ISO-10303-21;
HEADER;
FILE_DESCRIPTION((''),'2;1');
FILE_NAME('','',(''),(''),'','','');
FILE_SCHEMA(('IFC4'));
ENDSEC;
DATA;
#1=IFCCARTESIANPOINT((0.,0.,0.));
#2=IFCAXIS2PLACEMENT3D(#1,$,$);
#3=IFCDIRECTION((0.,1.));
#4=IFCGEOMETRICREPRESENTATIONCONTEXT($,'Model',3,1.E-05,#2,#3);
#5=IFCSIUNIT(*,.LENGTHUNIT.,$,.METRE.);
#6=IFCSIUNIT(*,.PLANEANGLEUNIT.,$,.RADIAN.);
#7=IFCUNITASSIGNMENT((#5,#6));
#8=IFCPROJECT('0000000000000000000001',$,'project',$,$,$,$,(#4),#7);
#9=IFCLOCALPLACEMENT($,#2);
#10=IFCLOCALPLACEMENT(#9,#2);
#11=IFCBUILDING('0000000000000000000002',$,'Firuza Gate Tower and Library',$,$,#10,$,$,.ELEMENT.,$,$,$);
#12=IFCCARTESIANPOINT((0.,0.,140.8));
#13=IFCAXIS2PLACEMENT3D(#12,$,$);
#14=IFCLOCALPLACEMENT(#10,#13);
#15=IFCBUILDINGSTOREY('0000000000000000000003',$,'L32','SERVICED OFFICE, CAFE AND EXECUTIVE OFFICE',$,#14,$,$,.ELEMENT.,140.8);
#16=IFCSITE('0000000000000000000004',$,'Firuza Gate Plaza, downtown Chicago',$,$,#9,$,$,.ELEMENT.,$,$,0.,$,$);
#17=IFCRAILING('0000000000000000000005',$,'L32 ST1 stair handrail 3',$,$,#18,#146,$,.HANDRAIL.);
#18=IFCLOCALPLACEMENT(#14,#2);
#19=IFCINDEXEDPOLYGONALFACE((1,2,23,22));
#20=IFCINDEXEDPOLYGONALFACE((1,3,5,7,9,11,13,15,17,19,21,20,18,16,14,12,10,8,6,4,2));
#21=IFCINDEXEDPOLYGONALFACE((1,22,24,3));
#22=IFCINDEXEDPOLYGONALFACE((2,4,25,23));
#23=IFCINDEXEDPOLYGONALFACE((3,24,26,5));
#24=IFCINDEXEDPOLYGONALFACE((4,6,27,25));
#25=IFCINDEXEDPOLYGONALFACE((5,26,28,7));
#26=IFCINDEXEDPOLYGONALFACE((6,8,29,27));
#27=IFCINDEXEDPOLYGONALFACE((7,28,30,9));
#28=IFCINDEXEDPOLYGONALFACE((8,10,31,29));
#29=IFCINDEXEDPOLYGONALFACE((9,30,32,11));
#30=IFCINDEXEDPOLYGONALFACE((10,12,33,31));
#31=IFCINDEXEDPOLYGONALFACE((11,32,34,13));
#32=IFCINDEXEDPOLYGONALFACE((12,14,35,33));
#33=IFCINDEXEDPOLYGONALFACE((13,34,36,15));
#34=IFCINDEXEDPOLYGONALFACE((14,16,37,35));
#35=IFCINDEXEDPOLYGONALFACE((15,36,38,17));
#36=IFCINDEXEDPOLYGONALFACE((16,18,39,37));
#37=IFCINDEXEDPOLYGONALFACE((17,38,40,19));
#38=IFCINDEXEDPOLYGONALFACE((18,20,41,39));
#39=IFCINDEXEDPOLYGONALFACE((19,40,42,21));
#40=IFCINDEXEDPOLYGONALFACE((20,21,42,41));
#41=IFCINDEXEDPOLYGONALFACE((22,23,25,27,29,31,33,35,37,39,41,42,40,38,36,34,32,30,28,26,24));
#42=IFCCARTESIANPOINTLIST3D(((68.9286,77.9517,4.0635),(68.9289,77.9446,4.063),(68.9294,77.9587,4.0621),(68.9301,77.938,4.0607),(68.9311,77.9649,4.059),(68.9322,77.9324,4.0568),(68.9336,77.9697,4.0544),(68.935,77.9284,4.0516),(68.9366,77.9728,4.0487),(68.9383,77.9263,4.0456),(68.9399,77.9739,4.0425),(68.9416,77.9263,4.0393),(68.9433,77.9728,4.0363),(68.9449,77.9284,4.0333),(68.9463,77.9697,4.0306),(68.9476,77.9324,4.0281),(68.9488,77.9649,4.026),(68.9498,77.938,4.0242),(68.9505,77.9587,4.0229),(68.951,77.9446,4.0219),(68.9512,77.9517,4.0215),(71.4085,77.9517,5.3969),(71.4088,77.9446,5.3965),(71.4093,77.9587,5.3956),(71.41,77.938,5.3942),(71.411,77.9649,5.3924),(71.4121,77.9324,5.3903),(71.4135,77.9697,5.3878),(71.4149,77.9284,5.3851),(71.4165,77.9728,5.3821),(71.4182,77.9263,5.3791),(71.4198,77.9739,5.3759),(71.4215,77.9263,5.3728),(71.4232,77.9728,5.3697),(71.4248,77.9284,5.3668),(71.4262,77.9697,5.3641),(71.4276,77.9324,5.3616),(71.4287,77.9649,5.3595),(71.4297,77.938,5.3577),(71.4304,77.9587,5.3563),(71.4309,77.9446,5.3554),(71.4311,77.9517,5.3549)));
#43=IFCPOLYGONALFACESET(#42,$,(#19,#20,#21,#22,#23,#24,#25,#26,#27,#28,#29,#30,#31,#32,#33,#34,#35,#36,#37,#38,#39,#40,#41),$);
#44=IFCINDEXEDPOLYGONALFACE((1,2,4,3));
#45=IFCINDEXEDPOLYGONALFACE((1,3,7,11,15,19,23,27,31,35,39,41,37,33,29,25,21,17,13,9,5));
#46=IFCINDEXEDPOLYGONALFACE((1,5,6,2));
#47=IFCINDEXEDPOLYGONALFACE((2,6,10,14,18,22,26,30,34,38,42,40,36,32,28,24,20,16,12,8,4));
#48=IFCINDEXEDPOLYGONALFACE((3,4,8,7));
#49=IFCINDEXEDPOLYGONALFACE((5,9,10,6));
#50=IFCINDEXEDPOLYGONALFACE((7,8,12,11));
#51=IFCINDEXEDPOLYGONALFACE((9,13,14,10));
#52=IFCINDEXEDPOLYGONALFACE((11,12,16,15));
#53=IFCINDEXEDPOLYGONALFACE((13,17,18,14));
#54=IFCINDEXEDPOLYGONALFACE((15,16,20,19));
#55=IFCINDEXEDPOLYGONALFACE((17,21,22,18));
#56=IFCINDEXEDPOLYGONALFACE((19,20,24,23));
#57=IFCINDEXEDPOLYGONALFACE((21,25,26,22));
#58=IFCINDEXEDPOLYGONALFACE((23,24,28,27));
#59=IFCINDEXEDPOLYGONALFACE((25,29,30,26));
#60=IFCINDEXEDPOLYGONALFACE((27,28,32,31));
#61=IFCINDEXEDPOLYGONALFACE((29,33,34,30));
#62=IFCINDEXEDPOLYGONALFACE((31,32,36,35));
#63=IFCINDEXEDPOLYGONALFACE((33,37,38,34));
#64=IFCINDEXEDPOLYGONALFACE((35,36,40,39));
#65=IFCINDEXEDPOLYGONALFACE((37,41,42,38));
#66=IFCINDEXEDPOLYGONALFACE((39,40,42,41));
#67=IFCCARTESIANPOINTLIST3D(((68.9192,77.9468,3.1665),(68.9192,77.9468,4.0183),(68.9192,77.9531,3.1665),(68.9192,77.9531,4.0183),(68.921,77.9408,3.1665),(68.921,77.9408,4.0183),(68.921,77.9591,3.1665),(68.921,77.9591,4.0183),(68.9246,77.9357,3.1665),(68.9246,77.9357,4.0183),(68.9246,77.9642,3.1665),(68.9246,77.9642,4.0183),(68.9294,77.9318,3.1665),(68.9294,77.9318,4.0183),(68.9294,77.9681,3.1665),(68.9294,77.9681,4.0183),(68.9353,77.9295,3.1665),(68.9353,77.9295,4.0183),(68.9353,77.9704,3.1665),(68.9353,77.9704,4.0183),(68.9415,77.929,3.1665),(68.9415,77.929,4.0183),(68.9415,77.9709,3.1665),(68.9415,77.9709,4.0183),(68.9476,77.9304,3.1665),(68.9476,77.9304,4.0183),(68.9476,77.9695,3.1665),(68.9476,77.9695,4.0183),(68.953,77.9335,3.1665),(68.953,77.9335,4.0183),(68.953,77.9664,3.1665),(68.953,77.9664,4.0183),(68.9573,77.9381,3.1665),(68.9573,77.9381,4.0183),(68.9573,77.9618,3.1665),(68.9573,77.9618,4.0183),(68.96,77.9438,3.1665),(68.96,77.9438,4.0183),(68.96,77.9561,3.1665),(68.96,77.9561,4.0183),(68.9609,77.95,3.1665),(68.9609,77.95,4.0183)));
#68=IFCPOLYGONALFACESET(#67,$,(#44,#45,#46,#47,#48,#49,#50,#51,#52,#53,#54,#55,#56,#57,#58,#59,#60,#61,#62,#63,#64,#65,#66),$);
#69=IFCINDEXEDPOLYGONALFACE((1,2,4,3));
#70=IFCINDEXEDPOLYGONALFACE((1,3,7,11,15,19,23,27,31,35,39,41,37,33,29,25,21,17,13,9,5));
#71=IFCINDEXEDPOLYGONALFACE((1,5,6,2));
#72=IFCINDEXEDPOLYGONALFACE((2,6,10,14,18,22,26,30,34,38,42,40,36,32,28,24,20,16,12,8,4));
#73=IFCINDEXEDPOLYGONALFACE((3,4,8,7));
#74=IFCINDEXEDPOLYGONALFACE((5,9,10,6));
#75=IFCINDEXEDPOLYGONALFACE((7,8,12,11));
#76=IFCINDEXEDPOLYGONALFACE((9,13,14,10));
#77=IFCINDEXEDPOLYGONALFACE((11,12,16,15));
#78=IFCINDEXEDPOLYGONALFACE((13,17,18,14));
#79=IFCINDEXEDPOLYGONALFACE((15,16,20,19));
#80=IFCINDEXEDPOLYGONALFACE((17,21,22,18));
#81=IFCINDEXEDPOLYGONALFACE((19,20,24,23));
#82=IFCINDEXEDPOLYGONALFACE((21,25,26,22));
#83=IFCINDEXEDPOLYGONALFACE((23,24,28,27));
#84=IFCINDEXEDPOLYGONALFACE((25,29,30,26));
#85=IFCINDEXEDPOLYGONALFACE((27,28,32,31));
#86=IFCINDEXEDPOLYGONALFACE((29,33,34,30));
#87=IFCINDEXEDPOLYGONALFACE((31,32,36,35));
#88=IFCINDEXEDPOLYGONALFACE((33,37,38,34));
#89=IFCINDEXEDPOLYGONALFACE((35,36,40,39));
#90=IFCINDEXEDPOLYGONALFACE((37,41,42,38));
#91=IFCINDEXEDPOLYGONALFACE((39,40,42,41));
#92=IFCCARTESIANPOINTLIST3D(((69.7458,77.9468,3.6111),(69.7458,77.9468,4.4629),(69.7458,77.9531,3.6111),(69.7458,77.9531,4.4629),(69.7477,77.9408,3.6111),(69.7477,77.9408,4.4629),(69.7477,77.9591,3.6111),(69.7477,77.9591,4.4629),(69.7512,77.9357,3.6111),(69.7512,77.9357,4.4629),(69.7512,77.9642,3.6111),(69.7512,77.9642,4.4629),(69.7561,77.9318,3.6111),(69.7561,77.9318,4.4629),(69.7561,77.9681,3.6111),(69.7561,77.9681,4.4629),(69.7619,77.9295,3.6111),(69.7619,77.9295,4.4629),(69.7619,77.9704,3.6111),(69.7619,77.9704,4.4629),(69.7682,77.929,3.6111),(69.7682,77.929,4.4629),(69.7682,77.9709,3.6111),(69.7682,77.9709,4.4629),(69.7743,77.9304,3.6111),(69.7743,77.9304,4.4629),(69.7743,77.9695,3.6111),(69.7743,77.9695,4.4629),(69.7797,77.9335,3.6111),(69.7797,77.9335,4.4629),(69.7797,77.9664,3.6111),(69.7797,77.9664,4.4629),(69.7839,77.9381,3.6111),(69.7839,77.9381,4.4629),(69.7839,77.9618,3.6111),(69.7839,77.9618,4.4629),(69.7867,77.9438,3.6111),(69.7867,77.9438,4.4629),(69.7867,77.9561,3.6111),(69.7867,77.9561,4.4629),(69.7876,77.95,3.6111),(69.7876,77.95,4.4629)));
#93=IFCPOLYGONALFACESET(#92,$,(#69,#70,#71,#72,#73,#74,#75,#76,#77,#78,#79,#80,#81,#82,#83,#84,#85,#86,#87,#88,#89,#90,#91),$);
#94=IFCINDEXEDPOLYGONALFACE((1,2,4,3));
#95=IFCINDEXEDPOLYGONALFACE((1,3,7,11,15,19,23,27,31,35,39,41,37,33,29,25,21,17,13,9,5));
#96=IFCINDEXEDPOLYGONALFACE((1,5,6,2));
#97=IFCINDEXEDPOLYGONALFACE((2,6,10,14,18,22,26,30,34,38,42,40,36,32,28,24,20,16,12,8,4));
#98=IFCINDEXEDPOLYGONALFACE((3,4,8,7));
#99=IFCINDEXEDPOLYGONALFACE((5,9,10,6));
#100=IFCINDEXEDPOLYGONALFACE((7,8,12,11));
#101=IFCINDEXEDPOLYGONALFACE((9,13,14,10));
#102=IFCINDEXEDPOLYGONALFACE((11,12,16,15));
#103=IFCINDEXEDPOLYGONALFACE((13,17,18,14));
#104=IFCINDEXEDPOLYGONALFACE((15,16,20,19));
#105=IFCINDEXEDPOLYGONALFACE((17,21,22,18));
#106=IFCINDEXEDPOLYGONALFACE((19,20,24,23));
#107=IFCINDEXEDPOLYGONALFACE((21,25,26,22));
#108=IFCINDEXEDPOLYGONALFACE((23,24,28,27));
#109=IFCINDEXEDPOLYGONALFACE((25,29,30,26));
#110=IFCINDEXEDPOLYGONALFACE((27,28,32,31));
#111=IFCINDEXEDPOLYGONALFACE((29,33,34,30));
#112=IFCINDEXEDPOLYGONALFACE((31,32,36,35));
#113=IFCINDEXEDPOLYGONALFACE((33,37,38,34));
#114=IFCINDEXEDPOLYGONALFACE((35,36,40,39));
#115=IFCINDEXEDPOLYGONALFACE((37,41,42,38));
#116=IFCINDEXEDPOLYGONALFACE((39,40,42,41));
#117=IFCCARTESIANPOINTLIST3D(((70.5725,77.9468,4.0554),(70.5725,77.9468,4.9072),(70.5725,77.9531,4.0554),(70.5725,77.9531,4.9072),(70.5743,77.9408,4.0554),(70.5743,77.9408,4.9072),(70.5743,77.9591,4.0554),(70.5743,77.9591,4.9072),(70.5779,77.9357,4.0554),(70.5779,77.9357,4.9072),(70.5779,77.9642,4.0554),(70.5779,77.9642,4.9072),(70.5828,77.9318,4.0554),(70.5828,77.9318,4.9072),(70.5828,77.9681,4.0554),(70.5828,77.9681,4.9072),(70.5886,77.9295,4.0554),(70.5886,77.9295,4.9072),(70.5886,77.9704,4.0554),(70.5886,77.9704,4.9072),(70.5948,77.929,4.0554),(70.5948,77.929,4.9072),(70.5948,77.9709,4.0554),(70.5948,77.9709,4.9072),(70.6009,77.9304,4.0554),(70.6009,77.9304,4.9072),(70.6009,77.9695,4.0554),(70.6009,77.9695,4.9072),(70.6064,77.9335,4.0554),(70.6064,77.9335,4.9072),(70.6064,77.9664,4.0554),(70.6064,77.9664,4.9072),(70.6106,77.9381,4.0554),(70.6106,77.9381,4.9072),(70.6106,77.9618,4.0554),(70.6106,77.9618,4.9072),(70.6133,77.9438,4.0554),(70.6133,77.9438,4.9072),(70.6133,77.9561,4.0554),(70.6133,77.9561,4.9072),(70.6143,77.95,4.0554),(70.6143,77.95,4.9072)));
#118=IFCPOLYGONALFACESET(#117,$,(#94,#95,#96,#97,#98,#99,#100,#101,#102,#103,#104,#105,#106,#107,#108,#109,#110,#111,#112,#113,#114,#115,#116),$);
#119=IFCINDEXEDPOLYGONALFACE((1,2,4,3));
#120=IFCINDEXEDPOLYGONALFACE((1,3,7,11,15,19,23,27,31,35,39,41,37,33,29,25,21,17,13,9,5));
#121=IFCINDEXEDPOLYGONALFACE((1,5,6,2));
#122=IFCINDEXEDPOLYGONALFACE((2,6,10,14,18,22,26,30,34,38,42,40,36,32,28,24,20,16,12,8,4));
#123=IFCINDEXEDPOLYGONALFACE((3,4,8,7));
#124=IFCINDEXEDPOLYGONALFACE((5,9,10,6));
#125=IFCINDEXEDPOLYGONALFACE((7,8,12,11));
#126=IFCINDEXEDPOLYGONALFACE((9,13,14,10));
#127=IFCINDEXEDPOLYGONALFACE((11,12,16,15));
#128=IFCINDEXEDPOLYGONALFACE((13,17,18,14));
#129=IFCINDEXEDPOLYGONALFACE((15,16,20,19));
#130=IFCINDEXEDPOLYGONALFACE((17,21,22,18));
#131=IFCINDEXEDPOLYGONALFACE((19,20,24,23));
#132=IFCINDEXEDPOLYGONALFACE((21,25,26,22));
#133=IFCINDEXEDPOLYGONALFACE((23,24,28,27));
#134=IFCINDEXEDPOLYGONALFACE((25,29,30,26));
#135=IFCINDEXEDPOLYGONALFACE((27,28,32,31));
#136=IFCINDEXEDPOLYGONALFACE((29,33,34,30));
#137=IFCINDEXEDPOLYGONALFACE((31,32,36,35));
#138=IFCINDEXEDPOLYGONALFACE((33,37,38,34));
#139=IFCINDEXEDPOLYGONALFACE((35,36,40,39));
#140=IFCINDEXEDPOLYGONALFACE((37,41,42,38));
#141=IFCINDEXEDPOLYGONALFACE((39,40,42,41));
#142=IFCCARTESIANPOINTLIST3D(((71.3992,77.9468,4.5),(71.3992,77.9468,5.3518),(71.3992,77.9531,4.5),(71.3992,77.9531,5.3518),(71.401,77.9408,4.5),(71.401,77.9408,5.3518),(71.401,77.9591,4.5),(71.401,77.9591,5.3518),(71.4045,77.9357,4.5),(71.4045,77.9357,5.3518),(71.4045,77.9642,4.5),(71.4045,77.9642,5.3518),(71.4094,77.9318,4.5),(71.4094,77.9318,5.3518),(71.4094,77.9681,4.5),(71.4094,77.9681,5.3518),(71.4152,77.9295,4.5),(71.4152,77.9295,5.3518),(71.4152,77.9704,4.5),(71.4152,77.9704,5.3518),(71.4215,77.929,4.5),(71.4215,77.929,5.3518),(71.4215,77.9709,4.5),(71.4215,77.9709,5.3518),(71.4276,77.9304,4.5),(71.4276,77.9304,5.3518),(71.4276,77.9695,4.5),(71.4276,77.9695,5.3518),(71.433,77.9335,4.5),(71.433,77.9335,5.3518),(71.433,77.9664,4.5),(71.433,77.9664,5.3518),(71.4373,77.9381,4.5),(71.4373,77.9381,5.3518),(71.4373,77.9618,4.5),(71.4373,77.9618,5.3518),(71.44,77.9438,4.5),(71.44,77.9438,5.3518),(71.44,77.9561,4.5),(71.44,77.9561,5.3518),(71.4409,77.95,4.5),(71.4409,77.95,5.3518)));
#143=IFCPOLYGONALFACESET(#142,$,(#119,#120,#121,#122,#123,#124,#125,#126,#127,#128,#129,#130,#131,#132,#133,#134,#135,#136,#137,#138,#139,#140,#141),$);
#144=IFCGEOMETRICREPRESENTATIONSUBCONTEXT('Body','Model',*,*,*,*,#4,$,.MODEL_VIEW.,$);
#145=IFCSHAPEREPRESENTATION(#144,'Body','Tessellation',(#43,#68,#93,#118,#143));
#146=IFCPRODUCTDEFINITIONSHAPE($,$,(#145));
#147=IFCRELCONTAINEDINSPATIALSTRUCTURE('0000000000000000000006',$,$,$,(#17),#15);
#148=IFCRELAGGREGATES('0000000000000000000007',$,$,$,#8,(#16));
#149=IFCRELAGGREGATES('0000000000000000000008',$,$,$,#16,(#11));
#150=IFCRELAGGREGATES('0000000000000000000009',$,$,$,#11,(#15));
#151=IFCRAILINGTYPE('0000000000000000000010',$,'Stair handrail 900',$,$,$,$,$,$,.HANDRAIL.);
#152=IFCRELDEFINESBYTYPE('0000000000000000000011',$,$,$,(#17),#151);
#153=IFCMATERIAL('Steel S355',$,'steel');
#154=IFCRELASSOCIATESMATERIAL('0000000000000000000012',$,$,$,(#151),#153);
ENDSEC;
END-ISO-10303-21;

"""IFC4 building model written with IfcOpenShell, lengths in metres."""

from ifc_helpers import new_model, si_unit, direction, frame, origin, origin_2d, place, context, subcontext, project, spatial, circle, extrude, material, type_object, element, save


model = new_model("IFC4")

# Units and contexts
model_context = context("Model", 3, precision=1e-05, world=origin(), true_north=direction((0.0, 1.0)))
body_context = subcontext(model_context, "Body", "Model", "MODEL_VIEW")
ifc_project = project(units=[si_unit("LENGTHUNIT", "METRE"), si_unit("PLANEANGLEUNIT", "RADIAN")], contexts=[model_context])

# Site, building, storey
site_placement = place(None, origin())
site = spatial("IfcSite", under=ifc_project, at=site_placement, Name="Firuza Gate Plaza, downtown Chicago", CompositionType="ELEMENT", RefElevation=0.0)
building_placement = place(site_placement, origin())
building = spatial("IfcBuilding", under=site, at=building_placement, Name="Firuza Gate Tower and Library", CompositionType="ELEMENT")
storey_placement = place(building_placement, frame((0.0, 0.0, 140.8)))
storey = spatial("IfcBuildingStorey", under=building, at=storey_placement, Name="L32", Description="SERVICED OFFICE, CAFE AND EXECUTIVE OFFICE", CompositionType="ELEMENT", Elevation=140.8)

# Railing
ifc_material_1 = material(Name="Steel S355", Category="steel")
railing_type = type_object("IfcRailingType", Name="Stair handrail 900", PredefinedType="HANDRAIL", material=ifc_material_1)
for number, where, name in (
    (1, (68.9399, 77.95, 3.1665), "L32 ST1 stair handrail 3"),
):
    element("IfcRailing", number, at=place(storey_placement, frame(where)), inside=storey, type_object=railing_type, Name=name, PredefinedType="HANDRAIL", context=body_context, shape_type="SweptSolid", body=[
        extrude(circle(Radius=0.0239, at=origin_2d()), frame((0.0, 0.0, 0.876), z_axis=(0.880749, 0.0, 0.473583), x_axis=(0.0, 1.0, 0.0)), (0.0, 0.0, 1.0), 2.8157),
        extrude(circle(Radius=0.021, at=origin_2d()), origin(), (0.0, 0.0, 1.0), 0.8518),
        extrude(circle(Radius=0.021, at=origin_2d()), frame((0.8267, 0.0, 0.4446)), (0.0, 0.0, 1.0), 0.8518),
        extrude(circle(Radius=0.021, at=origin_2d()), frame((1.6533, 0.0, 0.8889)), (0.0, 0.0, 1.0), 0.8518),
        extrude(circle(Radius=0.021, at=origin_2d()), frame((2.48, 0.0, 1.3335)), (0.0, 0.0, 1.0), 0.8518),
    ])

save(model, "model.ifc")
